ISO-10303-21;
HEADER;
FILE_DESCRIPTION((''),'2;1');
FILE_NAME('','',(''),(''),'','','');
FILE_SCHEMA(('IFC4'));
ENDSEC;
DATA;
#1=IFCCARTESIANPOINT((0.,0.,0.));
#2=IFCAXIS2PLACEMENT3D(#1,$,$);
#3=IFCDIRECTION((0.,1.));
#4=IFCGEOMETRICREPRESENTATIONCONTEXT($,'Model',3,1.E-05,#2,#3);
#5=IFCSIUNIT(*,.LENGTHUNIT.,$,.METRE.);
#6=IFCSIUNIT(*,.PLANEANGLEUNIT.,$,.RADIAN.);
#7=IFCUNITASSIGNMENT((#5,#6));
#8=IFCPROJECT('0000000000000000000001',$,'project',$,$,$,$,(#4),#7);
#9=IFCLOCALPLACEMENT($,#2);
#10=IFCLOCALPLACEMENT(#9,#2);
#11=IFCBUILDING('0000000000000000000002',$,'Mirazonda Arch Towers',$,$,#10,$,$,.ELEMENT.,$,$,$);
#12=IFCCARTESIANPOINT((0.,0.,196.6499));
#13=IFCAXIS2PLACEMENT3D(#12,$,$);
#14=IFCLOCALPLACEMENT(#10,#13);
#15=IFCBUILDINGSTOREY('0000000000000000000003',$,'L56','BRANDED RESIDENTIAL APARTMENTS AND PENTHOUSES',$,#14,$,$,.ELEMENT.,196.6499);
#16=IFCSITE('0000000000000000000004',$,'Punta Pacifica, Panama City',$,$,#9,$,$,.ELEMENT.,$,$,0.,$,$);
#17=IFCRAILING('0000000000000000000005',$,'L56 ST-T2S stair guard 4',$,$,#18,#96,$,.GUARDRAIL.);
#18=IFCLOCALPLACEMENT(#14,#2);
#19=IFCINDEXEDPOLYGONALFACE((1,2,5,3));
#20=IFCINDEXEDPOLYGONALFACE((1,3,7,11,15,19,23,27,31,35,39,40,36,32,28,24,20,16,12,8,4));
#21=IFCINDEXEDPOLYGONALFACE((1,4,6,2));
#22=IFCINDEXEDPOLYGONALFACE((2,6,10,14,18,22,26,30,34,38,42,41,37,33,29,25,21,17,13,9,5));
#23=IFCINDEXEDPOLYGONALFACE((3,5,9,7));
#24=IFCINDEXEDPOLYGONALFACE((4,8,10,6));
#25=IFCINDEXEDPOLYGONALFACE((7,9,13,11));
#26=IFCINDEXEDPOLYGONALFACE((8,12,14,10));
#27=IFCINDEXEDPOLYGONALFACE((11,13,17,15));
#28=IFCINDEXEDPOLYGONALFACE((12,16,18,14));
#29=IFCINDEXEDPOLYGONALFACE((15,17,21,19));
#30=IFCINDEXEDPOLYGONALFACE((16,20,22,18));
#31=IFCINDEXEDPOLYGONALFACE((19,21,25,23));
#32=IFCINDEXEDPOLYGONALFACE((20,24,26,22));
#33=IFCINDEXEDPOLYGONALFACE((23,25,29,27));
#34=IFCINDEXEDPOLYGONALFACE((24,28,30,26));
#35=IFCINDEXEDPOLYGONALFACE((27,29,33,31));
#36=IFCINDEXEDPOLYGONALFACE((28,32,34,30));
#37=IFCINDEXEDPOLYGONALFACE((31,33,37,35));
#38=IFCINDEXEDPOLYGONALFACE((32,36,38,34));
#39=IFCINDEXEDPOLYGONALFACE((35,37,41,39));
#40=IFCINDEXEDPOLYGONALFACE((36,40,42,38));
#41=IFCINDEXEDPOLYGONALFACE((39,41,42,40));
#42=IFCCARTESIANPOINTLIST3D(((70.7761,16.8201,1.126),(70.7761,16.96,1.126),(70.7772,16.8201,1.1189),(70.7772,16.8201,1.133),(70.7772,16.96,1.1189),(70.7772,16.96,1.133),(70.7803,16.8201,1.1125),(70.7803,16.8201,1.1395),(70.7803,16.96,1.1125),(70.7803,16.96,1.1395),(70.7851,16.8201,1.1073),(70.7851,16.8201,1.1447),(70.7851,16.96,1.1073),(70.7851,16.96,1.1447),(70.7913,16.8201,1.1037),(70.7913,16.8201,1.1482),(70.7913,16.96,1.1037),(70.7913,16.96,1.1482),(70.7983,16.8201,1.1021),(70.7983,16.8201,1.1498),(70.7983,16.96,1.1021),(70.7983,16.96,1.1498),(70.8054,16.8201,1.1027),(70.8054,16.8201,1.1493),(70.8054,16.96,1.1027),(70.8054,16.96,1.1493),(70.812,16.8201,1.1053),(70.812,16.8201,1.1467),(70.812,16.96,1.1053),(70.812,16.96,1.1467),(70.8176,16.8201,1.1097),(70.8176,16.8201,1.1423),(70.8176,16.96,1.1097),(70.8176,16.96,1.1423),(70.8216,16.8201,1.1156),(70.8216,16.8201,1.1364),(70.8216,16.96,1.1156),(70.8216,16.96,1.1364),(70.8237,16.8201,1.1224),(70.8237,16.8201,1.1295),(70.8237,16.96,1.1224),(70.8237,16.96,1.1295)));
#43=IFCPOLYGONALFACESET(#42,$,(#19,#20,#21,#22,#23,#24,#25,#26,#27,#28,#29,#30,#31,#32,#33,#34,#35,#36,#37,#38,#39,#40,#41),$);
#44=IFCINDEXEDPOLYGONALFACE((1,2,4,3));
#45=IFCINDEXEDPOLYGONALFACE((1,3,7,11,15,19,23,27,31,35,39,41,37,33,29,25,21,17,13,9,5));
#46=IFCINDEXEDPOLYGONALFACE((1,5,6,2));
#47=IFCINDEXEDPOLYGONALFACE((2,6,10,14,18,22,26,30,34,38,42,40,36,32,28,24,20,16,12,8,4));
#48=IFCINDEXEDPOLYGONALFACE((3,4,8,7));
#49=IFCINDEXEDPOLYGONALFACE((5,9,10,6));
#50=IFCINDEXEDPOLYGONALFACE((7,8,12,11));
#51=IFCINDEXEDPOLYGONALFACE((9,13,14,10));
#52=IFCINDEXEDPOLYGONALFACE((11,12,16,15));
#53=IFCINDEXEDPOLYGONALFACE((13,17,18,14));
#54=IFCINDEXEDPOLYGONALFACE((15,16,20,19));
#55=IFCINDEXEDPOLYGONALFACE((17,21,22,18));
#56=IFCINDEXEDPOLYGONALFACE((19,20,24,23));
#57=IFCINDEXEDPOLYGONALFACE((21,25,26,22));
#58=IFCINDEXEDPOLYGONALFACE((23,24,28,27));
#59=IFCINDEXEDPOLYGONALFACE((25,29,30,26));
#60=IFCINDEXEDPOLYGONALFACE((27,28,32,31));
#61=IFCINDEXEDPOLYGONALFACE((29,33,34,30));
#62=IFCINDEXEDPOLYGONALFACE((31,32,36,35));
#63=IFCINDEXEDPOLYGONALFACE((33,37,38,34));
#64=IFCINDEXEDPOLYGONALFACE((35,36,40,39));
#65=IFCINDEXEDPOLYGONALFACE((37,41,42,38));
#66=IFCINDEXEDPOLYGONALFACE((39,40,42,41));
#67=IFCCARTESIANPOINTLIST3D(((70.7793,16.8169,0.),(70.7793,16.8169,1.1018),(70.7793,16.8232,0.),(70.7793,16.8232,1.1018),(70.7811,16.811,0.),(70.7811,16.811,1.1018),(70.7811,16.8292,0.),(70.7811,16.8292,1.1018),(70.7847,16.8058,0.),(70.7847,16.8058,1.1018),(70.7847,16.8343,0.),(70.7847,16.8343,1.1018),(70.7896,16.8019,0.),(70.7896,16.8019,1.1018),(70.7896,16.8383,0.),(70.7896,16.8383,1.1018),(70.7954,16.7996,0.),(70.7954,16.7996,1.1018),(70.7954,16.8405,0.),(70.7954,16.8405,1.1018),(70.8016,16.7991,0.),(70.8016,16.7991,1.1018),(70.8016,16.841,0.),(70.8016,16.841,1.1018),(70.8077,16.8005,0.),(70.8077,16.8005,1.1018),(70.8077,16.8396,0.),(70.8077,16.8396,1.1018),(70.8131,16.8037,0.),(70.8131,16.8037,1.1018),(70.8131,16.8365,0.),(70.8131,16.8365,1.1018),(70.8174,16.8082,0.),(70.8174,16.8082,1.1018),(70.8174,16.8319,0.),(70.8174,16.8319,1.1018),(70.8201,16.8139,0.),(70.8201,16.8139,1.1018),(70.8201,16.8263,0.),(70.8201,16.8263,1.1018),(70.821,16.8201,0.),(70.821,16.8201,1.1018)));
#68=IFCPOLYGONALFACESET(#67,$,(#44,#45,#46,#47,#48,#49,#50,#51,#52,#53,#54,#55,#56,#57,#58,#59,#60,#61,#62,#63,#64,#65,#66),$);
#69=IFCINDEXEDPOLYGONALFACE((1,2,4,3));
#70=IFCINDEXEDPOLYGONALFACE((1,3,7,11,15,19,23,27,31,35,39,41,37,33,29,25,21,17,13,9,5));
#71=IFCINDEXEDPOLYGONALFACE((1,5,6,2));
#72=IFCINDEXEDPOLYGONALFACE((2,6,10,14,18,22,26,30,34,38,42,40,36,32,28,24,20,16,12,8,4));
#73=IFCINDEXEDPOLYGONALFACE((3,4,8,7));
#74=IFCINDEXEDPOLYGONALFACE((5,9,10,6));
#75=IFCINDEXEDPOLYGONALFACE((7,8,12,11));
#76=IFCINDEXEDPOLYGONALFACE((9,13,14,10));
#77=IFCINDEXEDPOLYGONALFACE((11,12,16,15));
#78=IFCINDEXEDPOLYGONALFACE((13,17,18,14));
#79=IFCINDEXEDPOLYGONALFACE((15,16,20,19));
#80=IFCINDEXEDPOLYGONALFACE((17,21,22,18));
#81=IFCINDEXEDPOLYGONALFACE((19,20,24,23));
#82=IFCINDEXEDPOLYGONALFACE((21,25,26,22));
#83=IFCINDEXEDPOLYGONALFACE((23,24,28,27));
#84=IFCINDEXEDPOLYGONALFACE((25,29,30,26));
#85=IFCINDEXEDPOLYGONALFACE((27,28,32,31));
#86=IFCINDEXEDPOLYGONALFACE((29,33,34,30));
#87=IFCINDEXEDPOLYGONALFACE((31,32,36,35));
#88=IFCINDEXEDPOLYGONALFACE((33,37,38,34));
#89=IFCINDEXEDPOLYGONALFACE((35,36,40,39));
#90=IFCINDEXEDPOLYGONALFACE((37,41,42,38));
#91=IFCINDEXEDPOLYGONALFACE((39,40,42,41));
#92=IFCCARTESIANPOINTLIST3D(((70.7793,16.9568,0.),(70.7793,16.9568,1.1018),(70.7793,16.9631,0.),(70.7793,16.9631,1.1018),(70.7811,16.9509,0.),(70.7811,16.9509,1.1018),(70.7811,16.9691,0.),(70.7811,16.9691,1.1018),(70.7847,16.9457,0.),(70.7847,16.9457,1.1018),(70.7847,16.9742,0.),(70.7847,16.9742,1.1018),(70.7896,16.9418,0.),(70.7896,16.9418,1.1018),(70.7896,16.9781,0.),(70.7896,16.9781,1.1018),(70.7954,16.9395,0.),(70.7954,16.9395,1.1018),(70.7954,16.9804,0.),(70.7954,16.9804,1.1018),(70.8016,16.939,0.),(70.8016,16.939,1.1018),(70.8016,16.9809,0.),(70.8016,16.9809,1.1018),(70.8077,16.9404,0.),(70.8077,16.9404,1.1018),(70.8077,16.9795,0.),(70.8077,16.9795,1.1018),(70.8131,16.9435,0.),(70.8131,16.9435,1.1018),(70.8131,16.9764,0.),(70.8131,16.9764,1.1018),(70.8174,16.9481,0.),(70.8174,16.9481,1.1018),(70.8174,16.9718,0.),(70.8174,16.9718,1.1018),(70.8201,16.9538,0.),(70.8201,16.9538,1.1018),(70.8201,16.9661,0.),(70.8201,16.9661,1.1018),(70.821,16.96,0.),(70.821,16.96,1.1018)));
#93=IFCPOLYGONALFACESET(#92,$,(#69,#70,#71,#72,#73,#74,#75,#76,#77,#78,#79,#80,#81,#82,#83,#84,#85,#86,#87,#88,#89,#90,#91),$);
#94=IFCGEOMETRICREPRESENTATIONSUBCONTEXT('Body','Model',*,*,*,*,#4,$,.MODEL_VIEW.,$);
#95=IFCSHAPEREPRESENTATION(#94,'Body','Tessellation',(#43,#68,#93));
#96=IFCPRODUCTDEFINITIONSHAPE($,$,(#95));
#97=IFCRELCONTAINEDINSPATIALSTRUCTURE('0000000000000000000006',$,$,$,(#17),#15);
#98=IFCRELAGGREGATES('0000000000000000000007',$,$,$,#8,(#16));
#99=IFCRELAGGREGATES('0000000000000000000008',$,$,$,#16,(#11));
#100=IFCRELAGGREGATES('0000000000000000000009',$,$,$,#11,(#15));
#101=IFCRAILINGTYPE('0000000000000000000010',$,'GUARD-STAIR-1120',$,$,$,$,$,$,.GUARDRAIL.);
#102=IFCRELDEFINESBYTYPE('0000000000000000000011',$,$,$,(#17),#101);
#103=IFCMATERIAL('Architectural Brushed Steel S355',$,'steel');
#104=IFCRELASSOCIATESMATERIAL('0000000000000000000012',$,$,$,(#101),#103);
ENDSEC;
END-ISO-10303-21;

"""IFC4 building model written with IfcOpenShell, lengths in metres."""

from ifc_helpers import new_model, si_unit, direction, frame, origin, origin_2d, place, context, subcontext, project, spatial, circle, extrude, material, type_object, element, save


model = new_model("IFC4")

# Units and contexts
model_context = context("Model", 3, precision=1e-05, world=origin(), true_north=direction((0.0, 1.0)))
body_context = subcontext(model_context, "Body", "Model", "MODEL_VIEW")
ifc_project = project(units=[si_unit("LENGTHUNIT", "METRE"), si_unit("PLANEANGLEUNIT", "RADIAN")], contexts=[model_context])

# Site, building, storey
site_placement = place(None, origin())
site = spatial("IfcSite", under=ifc_project, at=site_placement, Name="Punta Pacifica, Panama City", CompositionType="ELEMENT", RefElevation=0.0)
building_placement = place(site_placement, origin())
building = spatial("IfcBuilding", under=site, at=building_placement, Name="Mirazonda Arch Towers", CompositionType="ELEMENT")
storey_placement = place(building_placement, frame((0.0, 0.0, 196.6499)))
storey = spatial("IfcBuildingStorey", under=building, at=storey_placement, Name="L56", Description="BRANDED RESIDENTIAL APARTMENTS AND PENTHOUSES", CompositionType="ELEMENT", Elevation=196.6499)

# Railing
ifc_material_1 = material(Name="Architectural Brushed Steel S355", Category="steel")
railing_type_1 = type_object("IfcRailingType", Name="GUARD-STAIR-1120", PredefinedType="GUARDRAIL", material=ifc_material_1)
railing_1_placement = place(storey_placement, frame((70.8, 16.8201, 0.0)))
element("IfcRailing", 1, at=railing_1_placement, inside=storey, type_object=railing_type_1, Name="L56 ST-T2S stair guard 4", PredefinedType="GUARDRAIL", context=body_context, shape_type="SweptSolid", body=[
    extrude(circle(Radius=0.0239, at=origin_2d()), frame((0.0, 0.0, 1.126), z_axis=(0.0, 1.0, 0.0), x_axis=(-1.0, 0.0, 0.0)), (0.0, 0.0, 1.0), 0.1399),
    extrude(circle(Radius=0.021, at=origin_2d()), origin(), (0.0, 0.0, 1.0), 1.1018),
    extrude(circle(Radius=0.021, at=origin_2d()), frame((0.0, 0.1399, 0.0)), (0.0, 0.0, 1.0), 1.1018),
])

save(model, "model.ifc")
